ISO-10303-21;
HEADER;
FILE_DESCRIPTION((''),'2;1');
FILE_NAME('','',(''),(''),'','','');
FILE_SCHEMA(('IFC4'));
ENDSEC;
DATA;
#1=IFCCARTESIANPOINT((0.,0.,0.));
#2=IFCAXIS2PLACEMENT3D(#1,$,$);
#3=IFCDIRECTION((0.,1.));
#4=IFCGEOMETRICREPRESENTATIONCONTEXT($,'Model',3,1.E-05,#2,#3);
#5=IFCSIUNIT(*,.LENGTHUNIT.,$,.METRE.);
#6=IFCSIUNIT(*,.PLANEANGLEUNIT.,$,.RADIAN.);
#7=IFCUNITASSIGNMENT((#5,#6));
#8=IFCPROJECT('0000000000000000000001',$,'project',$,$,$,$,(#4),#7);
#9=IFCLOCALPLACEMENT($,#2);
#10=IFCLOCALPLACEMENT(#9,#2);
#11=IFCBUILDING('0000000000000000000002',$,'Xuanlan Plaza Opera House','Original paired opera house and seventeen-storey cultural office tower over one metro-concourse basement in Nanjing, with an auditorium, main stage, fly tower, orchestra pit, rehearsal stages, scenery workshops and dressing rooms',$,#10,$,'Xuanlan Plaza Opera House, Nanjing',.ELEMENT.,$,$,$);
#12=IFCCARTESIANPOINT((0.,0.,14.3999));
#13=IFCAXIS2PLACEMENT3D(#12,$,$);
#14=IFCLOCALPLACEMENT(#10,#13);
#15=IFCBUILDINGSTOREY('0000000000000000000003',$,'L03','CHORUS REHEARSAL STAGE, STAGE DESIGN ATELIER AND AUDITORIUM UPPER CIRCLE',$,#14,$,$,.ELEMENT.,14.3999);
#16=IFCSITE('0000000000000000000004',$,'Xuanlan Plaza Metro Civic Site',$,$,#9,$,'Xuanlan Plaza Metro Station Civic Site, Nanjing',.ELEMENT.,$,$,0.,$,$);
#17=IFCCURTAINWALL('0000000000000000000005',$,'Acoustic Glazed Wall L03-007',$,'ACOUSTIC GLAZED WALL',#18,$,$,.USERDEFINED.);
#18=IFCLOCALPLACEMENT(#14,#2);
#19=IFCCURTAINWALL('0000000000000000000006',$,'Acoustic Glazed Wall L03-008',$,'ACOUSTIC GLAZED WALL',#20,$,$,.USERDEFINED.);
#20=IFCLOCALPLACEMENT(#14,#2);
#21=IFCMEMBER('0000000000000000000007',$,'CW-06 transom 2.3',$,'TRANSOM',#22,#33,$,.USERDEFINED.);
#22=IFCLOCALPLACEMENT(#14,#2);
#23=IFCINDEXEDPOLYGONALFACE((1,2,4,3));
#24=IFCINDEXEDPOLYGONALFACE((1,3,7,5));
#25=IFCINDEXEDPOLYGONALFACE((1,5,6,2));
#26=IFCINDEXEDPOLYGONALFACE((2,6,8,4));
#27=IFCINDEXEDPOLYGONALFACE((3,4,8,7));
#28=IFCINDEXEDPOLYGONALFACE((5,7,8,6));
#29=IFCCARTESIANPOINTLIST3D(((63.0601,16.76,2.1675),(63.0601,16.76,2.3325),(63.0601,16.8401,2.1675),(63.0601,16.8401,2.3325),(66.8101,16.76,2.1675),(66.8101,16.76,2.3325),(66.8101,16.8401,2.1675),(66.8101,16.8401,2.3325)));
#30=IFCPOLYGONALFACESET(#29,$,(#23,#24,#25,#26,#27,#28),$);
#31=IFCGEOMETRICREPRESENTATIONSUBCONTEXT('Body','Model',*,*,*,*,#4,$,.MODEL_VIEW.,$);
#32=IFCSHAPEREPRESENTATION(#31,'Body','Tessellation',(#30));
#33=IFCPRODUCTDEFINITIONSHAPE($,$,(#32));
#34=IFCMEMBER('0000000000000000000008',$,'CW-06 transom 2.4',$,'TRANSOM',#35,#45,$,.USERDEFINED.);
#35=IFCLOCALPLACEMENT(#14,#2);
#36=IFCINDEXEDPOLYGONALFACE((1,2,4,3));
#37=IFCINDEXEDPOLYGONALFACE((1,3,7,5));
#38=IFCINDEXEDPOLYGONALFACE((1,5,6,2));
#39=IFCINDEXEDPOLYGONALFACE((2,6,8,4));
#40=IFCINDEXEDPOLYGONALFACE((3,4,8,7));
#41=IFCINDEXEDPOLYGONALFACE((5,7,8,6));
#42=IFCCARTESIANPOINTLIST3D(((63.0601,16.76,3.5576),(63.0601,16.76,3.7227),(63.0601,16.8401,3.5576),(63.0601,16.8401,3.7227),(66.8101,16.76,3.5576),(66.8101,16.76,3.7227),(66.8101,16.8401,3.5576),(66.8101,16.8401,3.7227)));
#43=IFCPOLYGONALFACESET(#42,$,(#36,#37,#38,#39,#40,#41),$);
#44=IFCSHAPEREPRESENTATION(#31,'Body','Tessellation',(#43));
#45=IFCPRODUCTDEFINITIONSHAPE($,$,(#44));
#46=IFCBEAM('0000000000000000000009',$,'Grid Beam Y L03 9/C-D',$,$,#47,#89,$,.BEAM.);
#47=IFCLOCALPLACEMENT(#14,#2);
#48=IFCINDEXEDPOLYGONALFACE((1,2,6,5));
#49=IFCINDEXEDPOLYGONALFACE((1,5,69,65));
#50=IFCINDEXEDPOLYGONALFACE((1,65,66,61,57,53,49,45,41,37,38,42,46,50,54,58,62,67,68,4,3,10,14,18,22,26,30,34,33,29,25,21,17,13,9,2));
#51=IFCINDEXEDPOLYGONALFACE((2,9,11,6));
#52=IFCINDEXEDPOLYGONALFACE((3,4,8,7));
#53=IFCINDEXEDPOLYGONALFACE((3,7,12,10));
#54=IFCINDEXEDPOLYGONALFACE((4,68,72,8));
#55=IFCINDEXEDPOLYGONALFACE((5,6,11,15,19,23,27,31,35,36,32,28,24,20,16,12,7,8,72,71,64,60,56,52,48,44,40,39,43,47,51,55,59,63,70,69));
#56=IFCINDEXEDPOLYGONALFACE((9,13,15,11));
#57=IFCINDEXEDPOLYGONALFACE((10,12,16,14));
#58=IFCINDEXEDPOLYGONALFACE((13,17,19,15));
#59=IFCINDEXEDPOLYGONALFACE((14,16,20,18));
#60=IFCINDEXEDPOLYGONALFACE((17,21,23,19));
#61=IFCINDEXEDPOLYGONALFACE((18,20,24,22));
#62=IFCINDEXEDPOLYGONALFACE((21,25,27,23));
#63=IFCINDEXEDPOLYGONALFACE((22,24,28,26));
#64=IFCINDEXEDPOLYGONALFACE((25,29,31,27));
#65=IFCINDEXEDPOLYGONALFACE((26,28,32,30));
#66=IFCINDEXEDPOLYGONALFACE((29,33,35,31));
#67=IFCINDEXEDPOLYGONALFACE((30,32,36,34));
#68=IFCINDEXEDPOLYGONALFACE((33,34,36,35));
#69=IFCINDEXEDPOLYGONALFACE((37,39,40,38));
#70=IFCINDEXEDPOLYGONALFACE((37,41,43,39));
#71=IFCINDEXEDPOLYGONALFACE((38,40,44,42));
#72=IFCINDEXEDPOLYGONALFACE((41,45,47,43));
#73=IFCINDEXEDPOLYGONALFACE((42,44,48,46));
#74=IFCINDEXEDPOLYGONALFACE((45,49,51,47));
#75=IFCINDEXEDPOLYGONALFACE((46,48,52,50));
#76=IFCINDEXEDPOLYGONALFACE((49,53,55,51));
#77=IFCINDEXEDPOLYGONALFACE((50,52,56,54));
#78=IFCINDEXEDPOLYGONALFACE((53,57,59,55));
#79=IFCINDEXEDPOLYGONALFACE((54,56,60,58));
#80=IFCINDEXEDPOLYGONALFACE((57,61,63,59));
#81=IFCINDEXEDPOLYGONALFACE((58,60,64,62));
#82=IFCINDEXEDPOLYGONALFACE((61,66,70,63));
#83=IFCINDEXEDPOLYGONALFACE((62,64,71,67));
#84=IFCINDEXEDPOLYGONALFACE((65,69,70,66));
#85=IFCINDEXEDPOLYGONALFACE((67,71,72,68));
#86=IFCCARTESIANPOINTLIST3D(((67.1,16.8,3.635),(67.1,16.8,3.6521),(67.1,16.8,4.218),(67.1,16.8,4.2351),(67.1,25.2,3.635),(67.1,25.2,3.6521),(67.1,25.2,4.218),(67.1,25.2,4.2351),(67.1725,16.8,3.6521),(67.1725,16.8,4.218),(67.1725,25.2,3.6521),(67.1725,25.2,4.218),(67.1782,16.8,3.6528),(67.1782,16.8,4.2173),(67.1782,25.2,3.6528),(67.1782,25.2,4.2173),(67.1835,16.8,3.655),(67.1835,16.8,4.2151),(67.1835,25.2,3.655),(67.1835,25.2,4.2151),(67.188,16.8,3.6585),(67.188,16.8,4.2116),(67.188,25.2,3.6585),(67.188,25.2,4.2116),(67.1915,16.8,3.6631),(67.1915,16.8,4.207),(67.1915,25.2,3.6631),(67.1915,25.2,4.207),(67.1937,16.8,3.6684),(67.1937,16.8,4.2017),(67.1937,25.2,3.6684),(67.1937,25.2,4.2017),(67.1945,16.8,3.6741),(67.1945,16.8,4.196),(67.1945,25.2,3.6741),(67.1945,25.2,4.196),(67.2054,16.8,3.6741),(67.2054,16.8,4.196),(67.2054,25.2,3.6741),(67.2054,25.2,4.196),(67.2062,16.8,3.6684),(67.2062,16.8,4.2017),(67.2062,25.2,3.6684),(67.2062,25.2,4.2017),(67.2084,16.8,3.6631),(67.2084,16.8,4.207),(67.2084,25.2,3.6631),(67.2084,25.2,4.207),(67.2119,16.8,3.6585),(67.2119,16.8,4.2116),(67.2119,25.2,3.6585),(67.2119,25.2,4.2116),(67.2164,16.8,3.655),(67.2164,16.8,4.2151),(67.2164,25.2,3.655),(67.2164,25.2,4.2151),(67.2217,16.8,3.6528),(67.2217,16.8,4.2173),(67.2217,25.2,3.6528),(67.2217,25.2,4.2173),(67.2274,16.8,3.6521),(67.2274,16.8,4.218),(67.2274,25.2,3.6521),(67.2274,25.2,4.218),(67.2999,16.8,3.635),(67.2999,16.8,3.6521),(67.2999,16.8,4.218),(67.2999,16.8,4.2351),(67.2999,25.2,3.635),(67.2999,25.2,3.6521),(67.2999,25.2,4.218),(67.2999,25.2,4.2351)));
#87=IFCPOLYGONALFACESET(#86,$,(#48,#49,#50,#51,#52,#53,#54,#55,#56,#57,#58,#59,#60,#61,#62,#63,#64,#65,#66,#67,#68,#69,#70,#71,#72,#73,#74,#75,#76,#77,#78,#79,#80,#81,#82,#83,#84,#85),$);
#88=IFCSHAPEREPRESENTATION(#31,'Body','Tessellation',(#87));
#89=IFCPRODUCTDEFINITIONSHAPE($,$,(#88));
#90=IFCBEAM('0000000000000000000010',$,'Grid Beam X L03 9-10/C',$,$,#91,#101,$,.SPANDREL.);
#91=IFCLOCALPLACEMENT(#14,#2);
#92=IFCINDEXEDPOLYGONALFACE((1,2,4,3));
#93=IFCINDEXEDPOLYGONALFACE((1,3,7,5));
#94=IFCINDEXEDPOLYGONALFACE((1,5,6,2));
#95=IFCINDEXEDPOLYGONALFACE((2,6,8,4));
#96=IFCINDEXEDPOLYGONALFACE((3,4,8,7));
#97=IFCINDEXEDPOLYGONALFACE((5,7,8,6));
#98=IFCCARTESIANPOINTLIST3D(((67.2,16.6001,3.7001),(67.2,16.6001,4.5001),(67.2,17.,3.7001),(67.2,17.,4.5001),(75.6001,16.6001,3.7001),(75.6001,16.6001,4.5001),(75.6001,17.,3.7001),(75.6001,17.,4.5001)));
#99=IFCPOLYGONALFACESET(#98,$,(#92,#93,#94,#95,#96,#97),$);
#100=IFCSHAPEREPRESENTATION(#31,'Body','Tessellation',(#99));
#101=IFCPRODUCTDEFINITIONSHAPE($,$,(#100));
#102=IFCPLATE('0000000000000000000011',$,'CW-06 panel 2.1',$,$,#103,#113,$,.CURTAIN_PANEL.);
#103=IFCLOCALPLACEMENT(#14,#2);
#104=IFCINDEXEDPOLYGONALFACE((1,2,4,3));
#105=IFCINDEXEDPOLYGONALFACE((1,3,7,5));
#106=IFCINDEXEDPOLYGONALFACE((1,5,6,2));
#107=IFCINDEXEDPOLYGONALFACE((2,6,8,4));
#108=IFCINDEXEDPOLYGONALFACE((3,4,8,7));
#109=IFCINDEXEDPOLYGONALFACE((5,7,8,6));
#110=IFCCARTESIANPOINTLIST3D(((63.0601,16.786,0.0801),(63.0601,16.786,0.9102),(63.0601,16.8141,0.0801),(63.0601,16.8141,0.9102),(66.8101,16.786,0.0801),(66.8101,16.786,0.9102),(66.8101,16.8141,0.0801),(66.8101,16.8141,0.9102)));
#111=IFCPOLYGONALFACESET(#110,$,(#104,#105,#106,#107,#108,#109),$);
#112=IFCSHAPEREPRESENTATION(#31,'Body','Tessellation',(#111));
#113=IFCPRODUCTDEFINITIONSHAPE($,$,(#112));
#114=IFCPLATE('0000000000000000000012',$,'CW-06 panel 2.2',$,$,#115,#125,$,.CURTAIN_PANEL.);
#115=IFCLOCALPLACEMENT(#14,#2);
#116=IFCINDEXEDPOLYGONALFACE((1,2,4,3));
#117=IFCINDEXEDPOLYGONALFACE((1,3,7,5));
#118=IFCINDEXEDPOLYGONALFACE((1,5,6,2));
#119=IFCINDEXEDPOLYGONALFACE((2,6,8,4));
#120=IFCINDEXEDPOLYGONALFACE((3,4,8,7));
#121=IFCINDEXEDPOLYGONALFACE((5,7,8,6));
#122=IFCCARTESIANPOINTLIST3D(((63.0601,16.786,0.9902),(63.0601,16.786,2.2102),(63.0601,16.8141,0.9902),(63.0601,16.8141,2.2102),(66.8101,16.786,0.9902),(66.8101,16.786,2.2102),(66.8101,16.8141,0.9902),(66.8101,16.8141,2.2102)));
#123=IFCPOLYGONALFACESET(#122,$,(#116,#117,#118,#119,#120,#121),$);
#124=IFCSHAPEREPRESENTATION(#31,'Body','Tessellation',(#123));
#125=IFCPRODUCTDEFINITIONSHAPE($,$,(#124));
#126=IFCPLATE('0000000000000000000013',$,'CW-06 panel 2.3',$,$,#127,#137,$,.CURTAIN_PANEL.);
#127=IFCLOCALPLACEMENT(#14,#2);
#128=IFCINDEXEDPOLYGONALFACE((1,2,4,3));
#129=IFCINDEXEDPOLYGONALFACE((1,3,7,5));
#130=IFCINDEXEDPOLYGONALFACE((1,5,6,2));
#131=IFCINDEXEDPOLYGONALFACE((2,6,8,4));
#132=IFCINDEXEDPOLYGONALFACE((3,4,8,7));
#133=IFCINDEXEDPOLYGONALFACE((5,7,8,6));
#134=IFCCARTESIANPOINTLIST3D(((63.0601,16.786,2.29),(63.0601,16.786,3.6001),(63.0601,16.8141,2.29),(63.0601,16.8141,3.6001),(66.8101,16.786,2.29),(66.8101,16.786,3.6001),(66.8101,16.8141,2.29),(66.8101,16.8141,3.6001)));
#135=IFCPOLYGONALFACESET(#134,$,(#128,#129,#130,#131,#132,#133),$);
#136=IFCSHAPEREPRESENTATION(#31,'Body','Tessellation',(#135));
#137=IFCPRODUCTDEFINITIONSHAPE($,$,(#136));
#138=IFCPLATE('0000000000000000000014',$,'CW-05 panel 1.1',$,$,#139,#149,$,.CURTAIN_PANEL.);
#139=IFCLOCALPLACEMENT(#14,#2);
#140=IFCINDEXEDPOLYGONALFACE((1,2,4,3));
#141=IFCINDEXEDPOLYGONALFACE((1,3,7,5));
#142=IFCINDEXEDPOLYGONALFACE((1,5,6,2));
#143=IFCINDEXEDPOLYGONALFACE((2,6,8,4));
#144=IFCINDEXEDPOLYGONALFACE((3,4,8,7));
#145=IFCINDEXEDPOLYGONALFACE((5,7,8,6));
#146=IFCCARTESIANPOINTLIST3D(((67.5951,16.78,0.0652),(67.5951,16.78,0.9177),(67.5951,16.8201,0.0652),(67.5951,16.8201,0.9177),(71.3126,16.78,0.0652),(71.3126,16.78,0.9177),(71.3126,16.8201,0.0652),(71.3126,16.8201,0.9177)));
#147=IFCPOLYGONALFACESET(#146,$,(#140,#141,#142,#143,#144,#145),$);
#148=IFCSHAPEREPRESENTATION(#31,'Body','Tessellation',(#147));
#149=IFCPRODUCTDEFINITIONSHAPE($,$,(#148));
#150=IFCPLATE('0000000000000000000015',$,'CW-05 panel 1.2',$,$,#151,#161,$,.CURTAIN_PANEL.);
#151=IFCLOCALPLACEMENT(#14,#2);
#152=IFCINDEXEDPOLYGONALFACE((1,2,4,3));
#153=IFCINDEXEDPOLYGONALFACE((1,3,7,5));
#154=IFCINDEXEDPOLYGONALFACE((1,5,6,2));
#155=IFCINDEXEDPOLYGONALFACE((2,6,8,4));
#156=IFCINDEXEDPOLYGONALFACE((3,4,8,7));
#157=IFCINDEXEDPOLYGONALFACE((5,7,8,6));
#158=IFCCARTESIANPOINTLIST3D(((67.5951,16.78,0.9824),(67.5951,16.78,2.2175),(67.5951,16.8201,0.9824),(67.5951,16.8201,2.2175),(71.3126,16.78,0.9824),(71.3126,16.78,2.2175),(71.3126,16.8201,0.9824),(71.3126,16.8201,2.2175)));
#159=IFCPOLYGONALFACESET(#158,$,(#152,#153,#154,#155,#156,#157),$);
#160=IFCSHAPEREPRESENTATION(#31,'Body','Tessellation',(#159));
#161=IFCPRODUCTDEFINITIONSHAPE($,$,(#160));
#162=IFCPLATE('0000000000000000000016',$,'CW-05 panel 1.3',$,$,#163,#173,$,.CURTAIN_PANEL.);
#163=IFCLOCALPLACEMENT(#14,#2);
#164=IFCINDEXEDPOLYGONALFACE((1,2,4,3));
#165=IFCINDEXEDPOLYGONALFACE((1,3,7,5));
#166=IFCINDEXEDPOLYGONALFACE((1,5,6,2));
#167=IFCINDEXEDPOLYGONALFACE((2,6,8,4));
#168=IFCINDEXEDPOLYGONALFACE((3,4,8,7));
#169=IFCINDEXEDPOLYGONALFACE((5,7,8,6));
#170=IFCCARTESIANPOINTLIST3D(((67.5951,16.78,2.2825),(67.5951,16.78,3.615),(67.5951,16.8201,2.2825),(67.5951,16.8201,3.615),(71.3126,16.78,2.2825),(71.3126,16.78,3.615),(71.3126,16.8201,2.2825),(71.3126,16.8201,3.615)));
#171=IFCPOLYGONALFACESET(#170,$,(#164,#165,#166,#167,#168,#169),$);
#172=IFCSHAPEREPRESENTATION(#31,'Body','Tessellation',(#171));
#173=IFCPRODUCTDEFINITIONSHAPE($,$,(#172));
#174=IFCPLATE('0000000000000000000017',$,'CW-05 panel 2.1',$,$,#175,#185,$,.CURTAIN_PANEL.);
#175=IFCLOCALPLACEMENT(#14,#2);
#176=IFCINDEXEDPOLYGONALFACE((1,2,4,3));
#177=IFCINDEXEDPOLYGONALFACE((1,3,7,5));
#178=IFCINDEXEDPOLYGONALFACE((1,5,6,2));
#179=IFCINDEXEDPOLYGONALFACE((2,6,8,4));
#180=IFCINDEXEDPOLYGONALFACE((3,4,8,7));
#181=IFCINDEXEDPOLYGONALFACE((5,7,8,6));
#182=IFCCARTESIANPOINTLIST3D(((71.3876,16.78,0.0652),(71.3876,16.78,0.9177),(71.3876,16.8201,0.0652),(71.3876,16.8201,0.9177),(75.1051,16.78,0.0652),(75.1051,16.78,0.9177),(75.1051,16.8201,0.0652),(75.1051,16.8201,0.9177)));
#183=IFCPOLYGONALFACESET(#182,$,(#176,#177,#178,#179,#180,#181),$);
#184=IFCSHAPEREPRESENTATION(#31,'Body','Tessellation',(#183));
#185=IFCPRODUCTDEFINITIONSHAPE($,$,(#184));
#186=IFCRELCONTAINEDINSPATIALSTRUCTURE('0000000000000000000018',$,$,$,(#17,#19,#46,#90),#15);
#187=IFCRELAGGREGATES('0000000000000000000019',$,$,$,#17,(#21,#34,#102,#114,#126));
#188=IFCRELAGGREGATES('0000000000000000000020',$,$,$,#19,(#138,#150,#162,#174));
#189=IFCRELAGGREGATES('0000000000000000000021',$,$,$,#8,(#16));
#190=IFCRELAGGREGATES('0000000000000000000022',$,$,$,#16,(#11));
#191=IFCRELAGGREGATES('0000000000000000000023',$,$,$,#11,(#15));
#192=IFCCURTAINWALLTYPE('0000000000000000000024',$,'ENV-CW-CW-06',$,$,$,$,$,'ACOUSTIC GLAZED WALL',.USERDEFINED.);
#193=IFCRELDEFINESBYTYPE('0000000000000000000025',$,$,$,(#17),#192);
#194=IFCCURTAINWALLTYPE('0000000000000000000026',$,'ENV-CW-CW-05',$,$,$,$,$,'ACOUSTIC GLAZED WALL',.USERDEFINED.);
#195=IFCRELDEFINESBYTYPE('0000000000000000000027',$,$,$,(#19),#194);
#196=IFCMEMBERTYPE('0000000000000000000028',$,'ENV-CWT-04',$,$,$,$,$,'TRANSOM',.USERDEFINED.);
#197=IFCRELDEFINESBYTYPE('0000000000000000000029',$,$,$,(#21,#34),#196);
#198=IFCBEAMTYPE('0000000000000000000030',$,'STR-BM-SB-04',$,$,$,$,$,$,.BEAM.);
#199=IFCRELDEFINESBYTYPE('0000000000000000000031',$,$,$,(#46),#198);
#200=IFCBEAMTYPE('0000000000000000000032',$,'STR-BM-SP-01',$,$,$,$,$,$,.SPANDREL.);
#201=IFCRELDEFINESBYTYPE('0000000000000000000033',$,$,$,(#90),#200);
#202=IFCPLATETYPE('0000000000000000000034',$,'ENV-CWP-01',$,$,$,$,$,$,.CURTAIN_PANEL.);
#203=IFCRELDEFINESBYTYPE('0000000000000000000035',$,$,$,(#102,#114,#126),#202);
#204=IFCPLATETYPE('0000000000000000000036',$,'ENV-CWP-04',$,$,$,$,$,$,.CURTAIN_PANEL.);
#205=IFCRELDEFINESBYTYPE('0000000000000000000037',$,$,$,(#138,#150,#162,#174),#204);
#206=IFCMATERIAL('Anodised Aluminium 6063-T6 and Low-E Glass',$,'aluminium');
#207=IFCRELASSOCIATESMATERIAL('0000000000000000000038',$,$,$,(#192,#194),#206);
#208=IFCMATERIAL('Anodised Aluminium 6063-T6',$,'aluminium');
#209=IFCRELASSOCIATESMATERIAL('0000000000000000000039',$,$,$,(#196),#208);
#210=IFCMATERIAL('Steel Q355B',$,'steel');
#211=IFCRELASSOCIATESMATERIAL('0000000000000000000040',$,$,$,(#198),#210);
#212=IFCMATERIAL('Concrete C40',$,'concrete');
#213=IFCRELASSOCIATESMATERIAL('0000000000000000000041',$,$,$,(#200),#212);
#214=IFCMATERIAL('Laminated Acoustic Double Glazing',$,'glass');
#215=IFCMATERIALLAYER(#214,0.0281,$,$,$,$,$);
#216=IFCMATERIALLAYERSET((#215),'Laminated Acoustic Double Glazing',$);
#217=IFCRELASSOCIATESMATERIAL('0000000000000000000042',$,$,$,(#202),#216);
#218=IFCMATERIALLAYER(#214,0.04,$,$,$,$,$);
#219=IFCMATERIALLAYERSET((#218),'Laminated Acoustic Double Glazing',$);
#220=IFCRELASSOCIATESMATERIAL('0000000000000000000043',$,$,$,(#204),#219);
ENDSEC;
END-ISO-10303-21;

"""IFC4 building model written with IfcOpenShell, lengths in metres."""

from ifc_helpers import new_model, si_unit, direction, frame, origin, origin_2d, place, context, subcontext, project, spatial, rectangle, i_section, extrude, material, layer, layer_set, material_profile, profile_set, type_object, element, aggregate, save


model = new_model("IFC4")

# Units and contexts
model_context = context("Model", 3, precision=1e-05, world=origin(), true_north=direction((0.0, 1.0)))
body_context = subcontext(model_context, "Body", "Model", "MODEL_VIEW")
ifc_project = project(units=[si_unit("LENGTHUNIT", "METRE"), si_unit("PLANEANGLEUNIT", "RADIAN")], contexts=[model_context])

# Site, building, storey
site_placement = place(None, origin())
site = spatial("IfcSite", under=ifc_project, at=site_placement, Name="Xuanlan Plaza Metro Civic Site", LongName="Xuanlan Plaza Metro Station Civic Site, Nanjing", CompositionType="ELEMENT", RefElevation=0.0)
building_placement = place(site_placement, origin())
building = spatial("IfcBuilding", under=site, at=building_placement, Name="Xuanlan Plaza Opera House", Description="Original paired opera house and seventeen-storey cultural office tower over one metro-concourse basement in Nanjing, with an auditorium, main stage, fly tower, orchestra pit, rehearsal stages, scenery workshops and dressing rooms", LongName="Xuanlan Plaza Opera House, Nanjing", CompositionType="ELEMENT")
storey_placement = place(building_placement, frame((0.0, 0.0, 14.3999)))
storey = spatial("IfcBuildingStorey", under=building, at=storey_placement, Name="L03", Description="CHORUS REHEARSAL STAGE, STAGE DESIGN ATELIER AND AUDITORIUM UPPER CIRCLE", CompositionType="ELEMENT", Elevation=14.3999)

# Shared definitions
ifc_material_1 = material(Name="Concrete C40", Category="concrete")

# Curtain wall
ifc_material_2 = material(Name="Anodised Aluminium 6063-T6 and Low-E Glass", Category="aluminium")
curtain_wall_type_1 = type_object("IfcCurtainWallType", Name="ENV-CW-CW-06", ElementType="ACOUSTIC GLAZED WALL", PredefinedType="USERDEFINED", material=ifc_material_2)
curtain_wall_1_placement = place(storey_placement, origin())
curtain_wall_1 = element("IfcCurtainWall", 1, at=curtain_wall_1_placement, inside=storey, type_object=curtain_wall_type_1, Name="Acoustic Glazed Wall L03-007", ObjectType="ACOUSTIC GLAZED WALL", PredefinedType="USERDEFINED")
ifc_material_3 = material(Name="Anodised Aluminium 6063-T6", Category="aluminium")

# Curtain wall
curtain_wall_type_2 = type_object("IfcCurtainWallType", Name="ENV-CW-CW-05", ElementType="ACOUSTIC GLAZED WALL", PredefinedType="USERDEFINED", material=ifc_material_2)
curtain_wall_2_placement = place(storey_placement, origin())
curtain_wall_2 = element("IfcCurtainWall", 2, at=curtain_wall_2_placement, inside=storey, type_object=curtain_wall_type_2, Name="Acoustic Glazed Wall L03-008", ObjectType="ACOUSTIC GLAZED WALL", PredefinedType="USERDEFINED")

# Members
ifc_material_profile_1 = material_profile(ifc_material_3, rectangle(XDim=0.0801, YDim=0.165, at=origin_2d()), Name="ALU-T 80x165")
ifc_profile_set_1 = profile_set([ifc_material_profile_1], Name="Anodised Aluminium 6063-T6")
member_type_1 = type_object("IfcMemberType", Name="ENV-CWT-04", ElementType="TRANSOM", PredefinedType="USERDEFINED", material=ifc_profile_set_1)
member_1_placement = place(storey_placement, frame((63.0601, 16.8, 2.25), z_axis=(1.0, 0.0, 0.0), x_axis=(0.0, 1.0, 0.0)))
member_1 = element("IfcMember", 3, at=member_1_placement, type_object=member_type_1, Name="CW-06 transom 2.3", ObjectType="TRANSOM", PredefinedType="USERDEFINED", context=body_context, shape_type="SweptSolid", body=[
    extrude(rectangle(XDim=0.0801, YDim=0.165, at=origin_2d()), origin(), (0.0, 0.0, 1.0), 3.75),
])
member_2_placement = place(storey_placement, frame((63.0601, 16.8, 3.6401), z_axis=(1.0, 0.0, 0.0), x_axis=(0.0, 1.0, 0.0)))
member_2 = element("IfcMember", 4, at=member_2_placement, type_object=member_type_1, Name="CW-06 transom 2.4", ObjectType="TRANSOM", PredefinedType="USERDEFINED", context=body_context, shape_type="SweptSolid", body=[
    extrude(rectangle(XDim=0.0801, YDim=0.165, at=origin_2d()), origin(), (0.0, 0.0, 1.0), 3.75),
])

# Beams
ifc_material_4 = material(Name="Steel Q355B", Category="steel")
ifc_material_profile_2 = material_profile(ifc_material_4, i_section(OverallWidth=0.2, OverallDepth=0.6001, WebThickness=0.011, FlangeThickness=0.0171, FilletRadius=0.022, at=origin_2d()), Name="HN 600x200x11x17")
ifc_profile_set_2 = profile_set([ifc_material_profile_2], Name="Steel Q355B")
beam_type_1 = type_object("IfcBeamType", Name="STR-BM-SB-04", PredefinedType="BEAM", material=ifc_profile_set_2)
beam_1_placement = place(storey_placement, frame((67.2, 16.8, 3.9351), z_axis=(0.0, 1.0, 0.0), x_axis=(-1.0, 0.0, 0.0)))
element("IfcBeam", 5, at=beam_1_placement, inside=storey, type_object=beam_type_1, Name="Grid Beam Y L03 9/C-D", PredefinedType="BEAM", context=body_context, shape_type="SweptSolid", body=[
    extrude(i_section(OverallWidth=0.2, OverallDepth=0.6001, WebThickness=0.011, FlangeThickness=0.0171, FilletRadius=0.022, at=origin_2d()), origin(), (0.0, 0.0, 1.0), 8.3999),
])
ifc_material_profile_3 = material_profile(ifc_material_1, rectangle(XDim=0.3999, YDim=0.8, at=origin_2d()), Name="RC-SPD 400x800")
ifc_profile_set_3 = profile_set([ifc_material_profile_3], Name="Concrete C40")
beam_type_2 = type_object("IfcBeamType", Name="STR-BM-SP-01", PredefinedType="SPANDREL", material=ifc_profile_set_3)
beam_2_placement = place(storey_placement, frame((67.2, 16.8, 4.1001), z_axis=(1.0, 0.0, 0.0), x_axis=(0.0, 1.0, 0.0)))
element("IfcBeam", 6, at=beam_2_placement, inside=storey, type_object=beam_type_2, Name="Grid Beam X L03 9-10/C", PredefinedType="SPANDREL", context=body_context, shape_type="SweptSolid", body=[
    extrude(rectangle(XDim=0.3999, YDim=0.8, at=origin_2d()), origin(), (0.0, 0.0, 1.0), 8.4001),
])

# Plates
ifc_material_5 = material(Name="Laminated Acoustic Double Glazing", Category="glass")
ifc_layer_1 = layer(ifc_material_5, 0.0281)
ifc_layer_set_1 = layer_set([ifc_layer_1], Name="Laminated Acoustic Double Glazing")
plate_type_1 = type_object("IfcPlateType", Name="ENV-CWP-01", PredefinedType="CURTAIN_PANEL", material=ifc_layer_set_1)
plate_1_placement = place(storey_placement, frame((64.9351, 16.8, 0.0801), z_axis=(0.0, 0.0, 1.0), x_axis=(1.0, 0.0, 0.0)))
plate_1 = element("IfcPlate", 7, at=plate_1_placement, type_object=plate_type_1, Name="CW-06 panel 2.1", PredefinedType="CURTAIN_PANEL", context=body_context, shape_type="SweptSolid", body=[
    extrude(rectangle(XDim=3.75, YDim=0.0281, at=origin_2d()), origin(), (0.0, 0.0, 1.0), 0.8301),
])
plate_2_placement = place(storey_placement, frame((64.9351, 16.8, 0.9902), z_axis=(0.0, 0.0, 1.0), x_axis=(1.0, 0.0, 0.0)))
plate_2 = element("IfcPlate", 8, at=plate_2_placement, type_object=plate_type_1, Name="CW-06 panel 2.2", PredefinedType="CURTAIN_PANEL", context=body_context, shape_type="SweptSolid", body=[
    extrude(rectangle(XDim=3.75, YDim=0.0281, at=origin_2d()), origin(), (0.0, 0.0, 1.0), 1.22),
])
plate_3_placement = place(storey_placement, frame((64.9351, 16.8, 2.29), z_axis=(0.0, 0.0, 1.0), x_axis=(1.0, 0.0, 0.0)))
plate_3 = element("IfcPlate", 9, at=plate_3_placement, type_object=plate_type_1, Name="CW-06 panel 2.3", PredefinedType="CURTAIN_PANEL", context=body_context, shape_type="SweptSolid", body=[
    extrude(rectangle(XDim=3.75, YDim=0.0281, at=origin_2d()), origin(), (0.0, 0.0, 1.0), 1.3101),
])
aggregate(curtain_wall_1, [member_1, member_2, plate_1, plate_2, plate_3])
ifc_layer_2 = layer(ifc_material_5, 0.04)
ifc_layer_set_2 = layer_set([ifc_layer_2], Name="Laminated Acoustic Double Glazing")
plate_type_2 = type_object("IfcPlateType", Name="ENV-CWP-04", PredefinedType="CURTAIN_PANEL", material=ifc_layer_set_2)
plate_4_placement = place(storey_placement, frame((69.4539, 16.8, 0.0652), z_axis=(0.0, 0.0, 1.0), x_axis=(1.0, 0.0, 0.0)))
plate_4 = element("IfcPlate", 10, at=plate_4_placement, type_object=plate_type_2, Name="CW-05 panel 1.1", PredefinedType="CURTAIN_PANEL", context=body_context, shape_type="SweptSolid", body=[
    extrude(rectangle(XDim=3.7175, YDim=0.04, at=origin_2d()), origin(), (0.0, 0.0, 1.0), 0.8525),
])
plate_5_placement = place(storey_placement, frame((69.4539, 16.8, 0.9824), z_axis=(0.0, 0.0, 1.0), x_axis=(1.0, 0.0, 0.0)))
plate_5 = element("IfcPlate", 11, at=plate_5_placement, type_object=plate_type_2, Name="CW-05 panel 1.2", PredefinedType="CURTAIN_PANEL", context=body_context, shape_type="SweptSolid", body=[
    extrude(rectangle(XDim=3.7175, YDim=0.04, at=origin_2d()), origin(), (0.0, 0.0, 1.0), 1.2351),
])
plate_6_placement = place(storey_placement, frame((69.4539, 16.8, 2.2825), z_axis=(0.0, 0.0, 1.0), x_axis=(1.0, 0.0, 0.0)))
plate_6 = element("IfcPlate", 12, at=plate_6_placement, type_object=plate_type_2, Name="CW-05 panel 1.3", PredefinedType="CURTAIN_PANEL", context=body_context, shape_type="SweptSolid", body=[
    extrude(rectangle(XDim=3.7175, YDim=0.04, at=origin_2d()), origin(), (0.0, 0.0, 1.0), 1.3325),
])
plate_7_placement = place(storey_placement, frame((73.2463, 16.8, 0.0652), z_axis=(0.0, 0.0, 1.0), x_axis=(1.0, 0.0, 0.0)))
plate_7 = element("IfcPlate", 13, at=plate_7_placement, type_object=plate_type_2, Name="CW-05 panel 2.1", PredefinedType="CURTAIN_PANEL", context=body_context, shape_type="SweptSolid", body=[
    extrude(rectangle(XDim=3.7175, YDim=0.04, at=origin_2d()), origin(), (0.0, 0.0, 1.0), 0.8525),
])
aggregate(curtain_wall_2, [plate_4, plate_5, plate_6, plate_7])

save(model, "model.ifc")
